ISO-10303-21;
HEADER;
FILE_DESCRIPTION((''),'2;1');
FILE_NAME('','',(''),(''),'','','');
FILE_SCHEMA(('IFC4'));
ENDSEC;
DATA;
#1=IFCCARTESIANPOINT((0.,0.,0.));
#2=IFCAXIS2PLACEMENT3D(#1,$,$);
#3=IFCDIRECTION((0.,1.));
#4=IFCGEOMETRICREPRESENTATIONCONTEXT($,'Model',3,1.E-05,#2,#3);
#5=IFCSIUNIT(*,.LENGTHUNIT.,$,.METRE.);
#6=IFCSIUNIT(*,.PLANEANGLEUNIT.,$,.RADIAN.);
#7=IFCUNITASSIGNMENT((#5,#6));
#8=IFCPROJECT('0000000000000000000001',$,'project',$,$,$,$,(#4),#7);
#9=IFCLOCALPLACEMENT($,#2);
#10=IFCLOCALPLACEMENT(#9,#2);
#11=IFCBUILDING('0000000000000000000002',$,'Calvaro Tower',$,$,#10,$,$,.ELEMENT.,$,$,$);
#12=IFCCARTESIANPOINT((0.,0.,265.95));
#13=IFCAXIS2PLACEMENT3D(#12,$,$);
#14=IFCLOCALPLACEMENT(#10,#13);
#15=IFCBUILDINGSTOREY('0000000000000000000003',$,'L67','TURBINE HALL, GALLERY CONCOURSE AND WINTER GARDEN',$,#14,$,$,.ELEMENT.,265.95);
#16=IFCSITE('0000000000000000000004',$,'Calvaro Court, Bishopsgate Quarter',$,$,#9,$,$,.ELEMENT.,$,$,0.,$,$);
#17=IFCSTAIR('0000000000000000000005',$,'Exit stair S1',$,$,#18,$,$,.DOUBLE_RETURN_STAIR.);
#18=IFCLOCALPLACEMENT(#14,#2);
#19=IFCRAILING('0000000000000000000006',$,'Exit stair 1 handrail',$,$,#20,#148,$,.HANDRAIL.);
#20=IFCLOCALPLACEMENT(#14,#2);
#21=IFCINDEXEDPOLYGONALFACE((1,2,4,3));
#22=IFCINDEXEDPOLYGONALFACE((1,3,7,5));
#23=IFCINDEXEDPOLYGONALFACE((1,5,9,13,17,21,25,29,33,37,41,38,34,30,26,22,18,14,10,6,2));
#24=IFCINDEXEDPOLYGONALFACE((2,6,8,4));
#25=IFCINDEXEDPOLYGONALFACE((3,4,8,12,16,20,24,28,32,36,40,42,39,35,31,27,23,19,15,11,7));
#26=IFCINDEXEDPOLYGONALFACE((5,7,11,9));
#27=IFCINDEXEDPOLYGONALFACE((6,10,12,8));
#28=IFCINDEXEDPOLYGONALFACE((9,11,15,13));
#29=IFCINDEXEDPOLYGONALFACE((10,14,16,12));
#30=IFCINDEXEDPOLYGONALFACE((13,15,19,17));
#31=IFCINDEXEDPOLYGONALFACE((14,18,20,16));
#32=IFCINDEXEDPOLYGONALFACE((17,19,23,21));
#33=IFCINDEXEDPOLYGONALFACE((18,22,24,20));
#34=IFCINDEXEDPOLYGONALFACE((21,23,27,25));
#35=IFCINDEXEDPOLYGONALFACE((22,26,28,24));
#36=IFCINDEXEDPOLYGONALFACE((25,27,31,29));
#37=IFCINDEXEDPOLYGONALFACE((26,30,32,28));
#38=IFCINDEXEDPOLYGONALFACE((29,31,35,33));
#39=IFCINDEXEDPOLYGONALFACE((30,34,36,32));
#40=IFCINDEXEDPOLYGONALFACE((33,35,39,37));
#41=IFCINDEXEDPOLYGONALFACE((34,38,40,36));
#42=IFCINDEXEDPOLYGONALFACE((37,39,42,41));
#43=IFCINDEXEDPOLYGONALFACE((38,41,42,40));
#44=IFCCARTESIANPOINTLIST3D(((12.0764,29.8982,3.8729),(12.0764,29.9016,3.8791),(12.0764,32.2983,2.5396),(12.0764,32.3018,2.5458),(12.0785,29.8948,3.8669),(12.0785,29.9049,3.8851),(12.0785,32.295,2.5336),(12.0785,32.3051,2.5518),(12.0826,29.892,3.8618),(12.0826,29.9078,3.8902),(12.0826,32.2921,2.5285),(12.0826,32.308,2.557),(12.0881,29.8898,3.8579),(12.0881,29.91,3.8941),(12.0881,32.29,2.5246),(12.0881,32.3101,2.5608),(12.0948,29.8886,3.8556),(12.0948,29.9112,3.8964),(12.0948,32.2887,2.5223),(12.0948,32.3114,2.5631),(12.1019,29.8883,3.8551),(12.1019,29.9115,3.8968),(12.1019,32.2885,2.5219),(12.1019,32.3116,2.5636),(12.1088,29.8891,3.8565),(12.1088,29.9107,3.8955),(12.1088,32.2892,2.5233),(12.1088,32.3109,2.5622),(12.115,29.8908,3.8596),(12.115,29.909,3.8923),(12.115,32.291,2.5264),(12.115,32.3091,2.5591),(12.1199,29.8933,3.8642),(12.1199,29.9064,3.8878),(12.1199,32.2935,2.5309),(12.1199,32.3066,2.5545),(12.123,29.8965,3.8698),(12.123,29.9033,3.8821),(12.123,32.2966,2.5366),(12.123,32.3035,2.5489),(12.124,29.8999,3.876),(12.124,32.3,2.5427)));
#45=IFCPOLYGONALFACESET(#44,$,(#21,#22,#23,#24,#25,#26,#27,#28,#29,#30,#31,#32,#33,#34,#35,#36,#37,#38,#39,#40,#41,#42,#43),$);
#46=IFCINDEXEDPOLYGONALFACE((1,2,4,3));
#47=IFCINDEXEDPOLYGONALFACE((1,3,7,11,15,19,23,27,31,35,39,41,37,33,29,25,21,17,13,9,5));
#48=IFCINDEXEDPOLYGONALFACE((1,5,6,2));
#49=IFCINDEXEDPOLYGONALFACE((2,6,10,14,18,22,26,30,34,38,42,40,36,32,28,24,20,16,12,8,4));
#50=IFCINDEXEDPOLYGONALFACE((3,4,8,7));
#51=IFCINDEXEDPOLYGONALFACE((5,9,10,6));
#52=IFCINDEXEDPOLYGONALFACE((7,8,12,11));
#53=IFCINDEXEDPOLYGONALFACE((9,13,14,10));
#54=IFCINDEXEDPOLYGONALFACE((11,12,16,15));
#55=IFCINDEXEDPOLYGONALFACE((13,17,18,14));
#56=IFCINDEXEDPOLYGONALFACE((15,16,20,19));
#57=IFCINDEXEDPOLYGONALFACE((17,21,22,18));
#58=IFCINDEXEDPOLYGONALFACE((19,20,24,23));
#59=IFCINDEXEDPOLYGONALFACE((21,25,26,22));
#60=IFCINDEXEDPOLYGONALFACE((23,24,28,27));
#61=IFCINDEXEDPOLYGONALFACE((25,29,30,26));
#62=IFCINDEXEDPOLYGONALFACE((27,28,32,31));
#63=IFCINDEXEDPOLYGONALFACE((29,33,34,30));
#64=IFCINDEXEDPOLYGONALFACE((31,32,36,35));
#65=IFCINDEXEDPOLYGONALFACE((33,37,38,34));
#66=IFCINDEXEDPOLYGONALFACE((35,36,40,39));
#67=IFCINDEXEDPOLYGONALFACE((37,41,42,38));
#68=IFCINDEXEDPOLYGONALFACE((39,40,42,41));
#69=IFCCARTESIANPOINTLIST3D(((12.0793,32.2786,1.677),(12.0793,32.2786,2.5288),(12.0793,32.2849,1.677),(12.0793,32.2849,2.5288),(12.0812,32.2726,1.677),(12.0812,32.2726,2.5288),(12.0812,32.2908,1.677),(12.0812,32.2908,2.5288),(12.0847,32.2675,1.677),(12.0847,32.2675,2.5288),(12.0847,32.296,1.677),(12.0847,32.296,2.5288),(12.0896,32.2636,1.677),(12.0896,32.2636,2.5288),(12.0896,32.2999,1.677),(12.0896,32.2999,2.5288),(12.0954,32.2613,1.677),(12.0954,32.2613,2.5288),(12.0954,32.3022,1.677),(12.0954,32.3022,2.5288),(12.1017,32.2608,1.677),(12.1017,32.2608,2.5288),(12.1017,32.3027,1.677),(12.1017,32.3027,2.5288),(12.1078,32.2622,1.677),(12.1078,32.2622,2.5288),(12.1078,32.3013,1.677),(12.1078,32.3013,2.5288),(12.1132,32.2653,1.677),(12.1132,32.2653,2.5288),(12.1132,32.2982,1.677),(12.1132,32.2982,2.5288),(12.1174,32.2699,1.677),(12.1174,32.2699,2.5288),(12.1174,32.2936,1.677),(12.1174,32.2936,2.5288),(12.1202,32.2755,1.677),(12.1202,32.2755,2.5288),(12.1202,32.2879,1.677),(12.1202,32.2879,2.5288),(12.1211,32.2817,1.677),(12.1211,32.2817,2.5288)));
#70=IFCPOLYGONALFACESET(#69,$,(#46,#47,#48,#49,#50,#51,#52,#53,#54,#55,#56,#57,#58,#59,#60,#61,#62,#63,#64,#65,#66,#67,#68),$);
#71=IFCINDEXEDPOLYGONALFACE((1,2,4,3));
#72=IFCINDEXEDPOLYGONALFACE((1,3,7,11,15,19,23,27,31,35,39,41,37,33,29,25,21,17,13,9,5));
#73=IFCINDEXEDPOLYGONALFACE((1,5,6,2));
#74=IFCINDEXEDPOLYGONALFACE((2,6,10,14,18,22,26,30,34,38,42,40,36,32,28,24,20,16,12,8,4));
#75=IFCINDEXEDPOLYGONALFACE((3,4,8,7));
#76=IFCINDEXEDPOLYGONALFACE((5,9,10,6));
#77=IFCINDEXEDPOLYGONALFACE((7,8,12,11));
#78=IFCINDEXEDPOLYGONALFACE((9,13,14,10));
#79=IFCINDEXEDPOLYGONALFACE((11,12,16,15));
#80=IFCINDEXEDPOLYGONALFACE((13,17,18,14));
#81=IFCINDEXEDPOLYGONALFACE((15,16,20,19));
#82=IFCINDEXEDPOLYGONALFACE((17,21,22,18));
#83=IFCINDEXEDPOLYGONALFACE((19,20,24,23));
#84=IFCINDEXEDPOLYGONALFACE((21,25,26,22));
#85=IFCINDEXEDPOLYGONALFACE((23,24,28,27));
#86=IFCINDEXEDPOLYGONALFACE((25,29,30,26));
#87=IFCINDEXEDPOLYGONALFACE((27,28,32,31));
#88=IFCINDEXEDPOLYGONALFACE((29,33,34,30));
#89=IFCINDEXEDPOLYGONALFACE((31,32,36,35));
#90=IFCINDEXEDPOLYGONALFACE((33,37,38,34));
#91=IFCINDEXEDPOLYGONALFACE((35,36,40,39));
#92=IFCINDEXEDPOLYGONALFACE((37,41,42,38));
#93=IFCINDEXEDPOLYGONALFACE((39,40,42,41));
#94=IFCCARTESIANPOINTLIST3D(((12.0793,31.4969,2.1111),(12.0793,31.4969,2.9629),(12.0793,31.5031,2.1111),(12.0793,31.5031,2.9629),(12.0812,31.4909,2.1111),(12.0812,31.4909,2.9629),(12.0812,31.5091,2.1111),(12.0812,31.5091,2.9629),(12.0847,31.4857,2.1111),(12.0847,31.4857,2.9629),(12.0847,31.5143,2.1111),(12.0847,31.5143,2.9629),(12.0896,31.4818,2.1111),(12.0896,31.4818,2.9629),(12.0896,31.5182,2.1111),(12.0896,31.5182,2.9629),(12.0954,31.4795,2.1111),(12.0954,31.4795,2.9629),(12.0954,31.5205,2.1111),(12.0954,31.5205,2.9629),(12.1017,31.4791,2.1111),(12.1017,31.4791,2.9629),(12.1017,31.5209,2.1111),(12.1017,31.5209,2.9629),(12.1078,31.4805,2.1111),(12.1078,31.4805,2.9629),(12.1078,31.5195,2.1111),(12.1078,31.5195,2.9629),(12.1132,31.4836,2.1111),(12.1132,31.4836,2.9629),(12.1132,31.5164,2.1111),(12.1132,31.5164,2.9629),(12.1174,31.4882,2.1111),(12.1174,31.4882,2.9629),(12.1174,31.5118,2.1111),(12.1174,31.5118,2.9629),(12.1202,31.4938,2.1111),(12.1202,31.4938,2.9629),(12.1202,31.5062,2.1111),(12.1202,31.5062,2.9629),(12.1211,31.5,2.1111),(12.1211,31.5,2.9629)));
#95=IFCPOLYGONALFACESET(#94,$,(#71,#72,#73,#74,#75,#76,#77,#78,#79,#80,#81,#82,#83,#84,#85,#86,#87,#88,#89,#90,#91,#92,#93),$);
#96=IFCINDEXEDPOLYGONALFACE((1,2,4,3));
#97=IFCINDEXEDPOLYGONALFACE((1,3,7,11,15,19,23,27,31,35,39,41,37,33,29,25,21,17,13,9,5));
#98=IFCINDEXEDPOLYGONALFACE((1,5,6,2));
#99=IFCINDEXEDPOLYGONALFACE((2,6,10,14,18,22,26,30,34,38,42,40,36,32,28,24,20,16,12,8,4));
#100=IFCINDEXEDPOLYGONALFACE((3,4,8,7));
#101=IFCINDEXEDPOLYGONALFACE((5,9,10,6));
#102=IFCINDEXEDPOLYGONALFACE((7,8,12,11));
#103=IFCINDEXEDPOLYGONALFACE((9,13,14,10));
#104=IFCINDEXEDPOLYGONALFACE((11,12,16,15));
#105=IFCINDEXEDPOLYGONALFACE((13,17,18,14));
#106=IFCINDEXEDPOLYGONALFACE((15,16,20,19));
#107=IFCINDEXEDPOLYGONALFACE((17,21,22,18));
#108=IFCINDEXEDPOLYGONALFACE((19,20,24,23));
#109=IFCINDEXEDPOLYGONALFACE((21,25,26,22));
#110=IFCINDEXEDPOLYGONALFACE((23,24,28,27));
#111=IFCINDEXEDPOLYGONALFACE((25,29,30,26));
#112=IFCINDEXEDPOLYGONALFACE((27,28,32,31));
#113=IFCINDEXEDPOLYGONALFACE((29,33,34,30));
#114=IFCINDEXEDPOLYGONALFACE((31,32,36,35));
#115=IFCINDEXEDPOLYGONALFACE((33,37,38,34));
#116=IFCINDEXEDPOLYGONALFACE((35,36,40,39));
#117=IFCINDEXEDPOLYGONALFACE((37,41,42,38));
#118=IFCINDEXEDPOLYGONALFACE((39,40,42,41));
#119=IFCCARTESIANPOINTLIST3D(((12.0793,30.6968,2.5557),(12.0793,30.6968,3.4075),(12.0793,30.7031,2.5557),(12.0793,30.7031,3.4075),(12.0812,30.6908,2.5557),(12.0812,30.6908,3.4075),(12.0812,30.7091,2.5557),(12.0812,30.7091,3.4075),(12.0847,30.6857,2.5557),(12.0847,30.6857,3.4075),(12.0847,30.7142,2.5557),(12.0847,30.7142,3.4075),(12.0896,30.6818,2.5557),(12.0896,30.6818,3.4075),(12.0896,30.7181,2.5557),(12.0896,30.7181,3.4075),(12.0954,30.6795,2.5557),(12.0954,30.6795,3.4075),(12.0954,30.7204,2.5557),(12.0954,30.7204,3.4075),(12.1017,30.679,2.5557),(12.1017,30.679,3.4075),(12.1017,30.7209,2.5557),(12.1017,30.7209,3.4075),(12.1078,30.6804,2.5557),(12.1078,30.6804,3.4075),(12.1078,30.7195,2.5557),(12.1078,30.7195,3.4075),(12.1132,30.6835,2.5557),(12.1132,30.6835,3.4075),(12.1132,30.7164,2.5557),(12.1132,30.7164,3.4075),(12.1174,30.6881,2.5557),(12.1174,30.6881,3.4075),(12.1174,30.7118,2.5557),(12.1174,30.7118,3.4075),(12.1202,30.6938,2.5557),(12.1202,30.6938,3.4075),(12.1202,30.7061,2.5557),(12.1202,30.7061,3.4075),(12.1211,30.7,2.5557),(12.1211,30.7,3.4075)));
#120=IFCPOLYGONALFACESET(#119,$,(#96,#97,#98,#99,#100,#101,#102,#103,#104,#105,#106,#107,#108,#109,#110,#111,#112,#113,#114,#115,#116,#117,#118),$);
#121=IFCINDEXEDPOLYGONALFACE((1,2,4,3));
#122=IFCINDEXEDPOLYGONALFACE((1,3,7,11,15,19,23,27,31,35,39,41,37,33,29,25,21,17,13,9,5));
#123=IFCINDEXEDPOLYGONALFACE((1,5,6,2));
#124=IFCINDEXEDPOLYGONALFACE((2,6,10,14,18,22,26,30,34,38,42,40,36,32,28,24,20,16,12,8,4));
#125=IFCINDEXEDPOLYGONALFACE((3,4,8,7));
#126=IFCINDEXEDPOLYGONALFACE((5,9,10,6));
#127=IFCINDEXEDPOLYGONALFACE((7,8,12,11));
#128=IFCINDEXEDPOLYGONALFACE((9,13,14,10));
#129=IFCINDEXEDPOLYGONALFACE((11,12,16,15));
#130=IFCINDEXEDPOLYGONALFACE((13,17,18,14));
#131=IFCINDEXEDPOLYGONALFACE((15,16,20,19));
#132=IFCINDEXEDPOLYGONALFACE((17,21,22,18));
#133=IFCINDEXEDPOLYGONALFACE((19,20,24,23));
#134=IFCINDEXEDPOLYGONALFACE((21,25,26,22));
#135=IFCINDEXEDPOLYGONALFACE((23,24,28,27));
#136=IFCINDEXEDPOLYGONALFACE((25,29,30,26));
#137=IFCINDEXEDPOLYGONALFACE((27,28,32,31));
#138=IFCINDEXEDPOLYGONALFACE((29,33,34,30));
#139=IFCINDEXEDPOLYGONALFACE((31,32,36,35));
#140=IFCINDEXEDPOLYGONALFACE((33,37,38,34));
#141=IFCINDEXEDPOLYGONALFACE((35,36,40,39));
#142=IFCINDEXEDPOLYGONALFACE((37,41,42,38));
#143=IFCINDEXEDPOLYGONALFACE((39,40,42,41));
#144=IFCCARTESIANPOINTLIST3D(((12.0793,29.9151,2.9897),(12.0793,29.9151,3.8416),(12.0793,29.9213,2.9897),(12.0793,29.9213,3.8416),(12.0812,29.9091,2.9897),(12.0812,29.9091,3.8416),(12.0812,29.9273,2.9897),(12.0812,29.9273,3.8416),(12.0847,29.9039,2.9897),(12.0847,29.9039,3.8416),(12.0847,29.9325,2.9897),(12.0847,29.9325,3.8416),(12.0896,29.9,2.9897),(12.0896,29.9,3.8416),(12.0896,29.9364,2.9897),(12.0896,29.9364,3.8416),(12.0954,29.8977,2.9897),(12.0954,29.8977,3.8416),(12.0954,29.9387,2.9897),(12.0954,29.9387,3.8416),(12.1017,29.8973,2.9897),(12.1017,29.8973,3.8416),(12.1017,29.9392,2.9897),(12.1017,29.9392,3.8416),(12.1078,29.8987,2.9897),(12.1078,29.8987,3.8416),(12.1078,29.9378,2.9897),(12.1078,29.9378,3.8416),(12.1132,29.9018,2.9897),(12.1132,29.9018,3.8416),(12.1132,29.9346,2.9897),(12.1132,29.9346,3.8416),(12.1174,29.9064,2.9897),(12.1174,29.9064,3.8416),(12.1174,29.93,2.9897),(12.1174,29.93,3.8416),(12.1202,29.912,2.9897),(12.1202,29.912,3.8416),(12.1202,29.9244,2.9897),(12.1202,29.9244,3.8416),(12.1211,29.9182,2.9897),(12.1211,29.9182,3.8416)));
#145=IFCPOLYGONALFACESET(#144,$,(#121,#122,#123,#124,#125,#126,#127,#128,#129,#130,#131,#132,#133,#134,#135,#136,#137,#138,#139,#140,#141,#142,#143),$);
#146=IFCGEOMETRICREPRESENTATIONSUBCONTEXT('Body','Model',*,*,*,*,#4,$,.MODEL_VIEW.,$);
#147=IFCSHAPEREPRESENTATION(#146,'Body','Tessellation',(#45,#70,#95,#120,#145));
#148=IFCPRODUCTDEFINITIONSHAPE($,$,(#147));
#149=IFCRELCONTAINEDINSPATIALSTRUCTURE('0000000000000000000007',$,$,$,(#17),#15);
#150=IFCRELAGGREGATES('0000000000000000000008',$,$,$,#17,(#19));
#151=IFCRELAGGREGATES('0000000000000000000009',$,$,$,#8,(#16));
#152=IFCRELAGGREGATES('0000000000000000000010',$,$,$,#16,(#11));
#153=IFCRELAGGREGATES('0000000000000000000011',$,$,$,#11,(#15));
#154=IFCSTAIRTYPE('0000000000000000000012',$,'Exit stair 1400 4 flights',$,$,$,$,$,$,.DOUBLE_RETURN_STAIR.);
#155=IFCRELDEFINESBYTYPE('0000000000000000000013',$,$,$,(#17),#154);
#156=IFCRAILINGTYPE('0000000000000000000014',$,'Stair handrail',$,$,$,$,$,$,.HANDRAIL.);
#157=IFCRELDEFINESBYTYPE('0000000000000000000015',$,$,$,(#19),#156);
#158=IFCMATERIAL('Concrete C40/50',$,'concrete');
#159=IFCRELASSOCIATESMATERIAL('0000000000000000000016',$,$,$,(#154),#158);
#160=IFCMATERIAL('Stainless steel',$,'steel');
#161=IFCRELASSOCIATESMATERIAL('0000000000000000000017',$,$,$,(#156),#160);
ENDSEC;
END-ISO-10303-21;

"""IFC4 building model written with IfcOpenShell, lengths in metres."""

from ifc_helpers import new_model, si_unit, direction, frame, origin, origin_2d, place, context, subcontext, project, spatial, circle, extrude, material, type_object, element, aggregate, save


model = new_model("IFC4")

# Units and contexts
model_context = context("Model", 3, precision=1e-05, world=origin(), true_north=direction((0.0, 1.0)))
body_context = subcontext(model_context, "Body", "Model", "MODEL_VIEW")
ifc_project = project(units=[si_unit("LENGTHUNIT", "METRE"), si_unit("PLANEANGLEUNIT", "RADIAN")], contexts=[model_context])

# Site, building, storey
site_placement = place(None, origin())
site = spatial("IfcSite", under=ifc_project, at=site_placement, Name="Calvaro Court, Bishopsgate Quarter", CompositionType="ELEMENT", RefElevation=0.0)
building_placement = place(site_placement, origin())
building = spatial("IfcBuilding", under=site, at=building_placement, Name="Calvaro Tower", CompositionType="ELEMENT")
storey_placement = place(building_placement, frame((0.0, 0.0, 265.95)))
storey = spatial("IfcBuildingStorey", under=building, at=storey_placement, Name="L67", Description="TURBINE HALL, GALLERY CONCOURSE AND WINTER GARDEN", CompositionType="ELEMENT", Elevation=265.95)

# Stair, railing
ifc_material_1 = material(Name="Concrete C40/50", Category="concrete")
stair_type = type_object("IfcStairType", Name="Exit stair 1400 4 flights", PredefinedType="DOUBLE_RETURN_STAIR", material=ifc_material_1)
stair_placement = place(storey_placement, origin())
stair = element("IfcStair", 1, at=stair_placement, inside=storey, type_object=stair_type, Name="Exit stair S1", PredefinedType="DOUBLE_RETURN_STAIR")
ifc_material_2 = material(Name="Stainless steel", Category="steel")
railing_type = type_object("IfcRailingType", Name="Stair handrail", PredefinedType="HANDRAIL", material=ifc_material_2)
railing_1_placement = place(storey_placement, frame((12.1001, 32.3, 1.6667)))
railing_1 = element("IfcRailing", 2, at=railing_1_placement, type_object=railing_type, Name="Exit stair 1 handrail", PredefinedType="HANDRAIL", context=body_context, shape_type="SweptSolid", body=[
    extrude(circle(Radius=0.0239, at=origin_2d()), frame((0.0, 0.0, 0.876), z_axis=(0.0, -0.874182, 0.485598), x_axis=(1.0, 0.0, 0.0)), (0.0, 0.0, 1.0), 2.7456),
    extrude(circle(Radius=0.021, at=origin_2d()), frame((0.0, -0.0183, 0.0103)), (0.0, 0.0, 1.0), 0.8518),
    extrude(circle(Radius=0.021, at=origin_2d()), frame((0.0, -0.8, 0.4443)), (0.0, 0.0, 1.0), 0.8518),
    extrude(circle(Radius=0.021, at=origin_2d()), frame((0.0, -1.6001, 0.8889)), (0.0, 0.0, 1.0), 0.8518),
    extrude(circle(Radius=0.021, at=origin_2d()), frame((0.0, -2.3818, 1.323)), (0.0, 0.0, 1.0), 0.8518),
])
aggregate(stair, [railing_1])

save(model, "model.ifc")
